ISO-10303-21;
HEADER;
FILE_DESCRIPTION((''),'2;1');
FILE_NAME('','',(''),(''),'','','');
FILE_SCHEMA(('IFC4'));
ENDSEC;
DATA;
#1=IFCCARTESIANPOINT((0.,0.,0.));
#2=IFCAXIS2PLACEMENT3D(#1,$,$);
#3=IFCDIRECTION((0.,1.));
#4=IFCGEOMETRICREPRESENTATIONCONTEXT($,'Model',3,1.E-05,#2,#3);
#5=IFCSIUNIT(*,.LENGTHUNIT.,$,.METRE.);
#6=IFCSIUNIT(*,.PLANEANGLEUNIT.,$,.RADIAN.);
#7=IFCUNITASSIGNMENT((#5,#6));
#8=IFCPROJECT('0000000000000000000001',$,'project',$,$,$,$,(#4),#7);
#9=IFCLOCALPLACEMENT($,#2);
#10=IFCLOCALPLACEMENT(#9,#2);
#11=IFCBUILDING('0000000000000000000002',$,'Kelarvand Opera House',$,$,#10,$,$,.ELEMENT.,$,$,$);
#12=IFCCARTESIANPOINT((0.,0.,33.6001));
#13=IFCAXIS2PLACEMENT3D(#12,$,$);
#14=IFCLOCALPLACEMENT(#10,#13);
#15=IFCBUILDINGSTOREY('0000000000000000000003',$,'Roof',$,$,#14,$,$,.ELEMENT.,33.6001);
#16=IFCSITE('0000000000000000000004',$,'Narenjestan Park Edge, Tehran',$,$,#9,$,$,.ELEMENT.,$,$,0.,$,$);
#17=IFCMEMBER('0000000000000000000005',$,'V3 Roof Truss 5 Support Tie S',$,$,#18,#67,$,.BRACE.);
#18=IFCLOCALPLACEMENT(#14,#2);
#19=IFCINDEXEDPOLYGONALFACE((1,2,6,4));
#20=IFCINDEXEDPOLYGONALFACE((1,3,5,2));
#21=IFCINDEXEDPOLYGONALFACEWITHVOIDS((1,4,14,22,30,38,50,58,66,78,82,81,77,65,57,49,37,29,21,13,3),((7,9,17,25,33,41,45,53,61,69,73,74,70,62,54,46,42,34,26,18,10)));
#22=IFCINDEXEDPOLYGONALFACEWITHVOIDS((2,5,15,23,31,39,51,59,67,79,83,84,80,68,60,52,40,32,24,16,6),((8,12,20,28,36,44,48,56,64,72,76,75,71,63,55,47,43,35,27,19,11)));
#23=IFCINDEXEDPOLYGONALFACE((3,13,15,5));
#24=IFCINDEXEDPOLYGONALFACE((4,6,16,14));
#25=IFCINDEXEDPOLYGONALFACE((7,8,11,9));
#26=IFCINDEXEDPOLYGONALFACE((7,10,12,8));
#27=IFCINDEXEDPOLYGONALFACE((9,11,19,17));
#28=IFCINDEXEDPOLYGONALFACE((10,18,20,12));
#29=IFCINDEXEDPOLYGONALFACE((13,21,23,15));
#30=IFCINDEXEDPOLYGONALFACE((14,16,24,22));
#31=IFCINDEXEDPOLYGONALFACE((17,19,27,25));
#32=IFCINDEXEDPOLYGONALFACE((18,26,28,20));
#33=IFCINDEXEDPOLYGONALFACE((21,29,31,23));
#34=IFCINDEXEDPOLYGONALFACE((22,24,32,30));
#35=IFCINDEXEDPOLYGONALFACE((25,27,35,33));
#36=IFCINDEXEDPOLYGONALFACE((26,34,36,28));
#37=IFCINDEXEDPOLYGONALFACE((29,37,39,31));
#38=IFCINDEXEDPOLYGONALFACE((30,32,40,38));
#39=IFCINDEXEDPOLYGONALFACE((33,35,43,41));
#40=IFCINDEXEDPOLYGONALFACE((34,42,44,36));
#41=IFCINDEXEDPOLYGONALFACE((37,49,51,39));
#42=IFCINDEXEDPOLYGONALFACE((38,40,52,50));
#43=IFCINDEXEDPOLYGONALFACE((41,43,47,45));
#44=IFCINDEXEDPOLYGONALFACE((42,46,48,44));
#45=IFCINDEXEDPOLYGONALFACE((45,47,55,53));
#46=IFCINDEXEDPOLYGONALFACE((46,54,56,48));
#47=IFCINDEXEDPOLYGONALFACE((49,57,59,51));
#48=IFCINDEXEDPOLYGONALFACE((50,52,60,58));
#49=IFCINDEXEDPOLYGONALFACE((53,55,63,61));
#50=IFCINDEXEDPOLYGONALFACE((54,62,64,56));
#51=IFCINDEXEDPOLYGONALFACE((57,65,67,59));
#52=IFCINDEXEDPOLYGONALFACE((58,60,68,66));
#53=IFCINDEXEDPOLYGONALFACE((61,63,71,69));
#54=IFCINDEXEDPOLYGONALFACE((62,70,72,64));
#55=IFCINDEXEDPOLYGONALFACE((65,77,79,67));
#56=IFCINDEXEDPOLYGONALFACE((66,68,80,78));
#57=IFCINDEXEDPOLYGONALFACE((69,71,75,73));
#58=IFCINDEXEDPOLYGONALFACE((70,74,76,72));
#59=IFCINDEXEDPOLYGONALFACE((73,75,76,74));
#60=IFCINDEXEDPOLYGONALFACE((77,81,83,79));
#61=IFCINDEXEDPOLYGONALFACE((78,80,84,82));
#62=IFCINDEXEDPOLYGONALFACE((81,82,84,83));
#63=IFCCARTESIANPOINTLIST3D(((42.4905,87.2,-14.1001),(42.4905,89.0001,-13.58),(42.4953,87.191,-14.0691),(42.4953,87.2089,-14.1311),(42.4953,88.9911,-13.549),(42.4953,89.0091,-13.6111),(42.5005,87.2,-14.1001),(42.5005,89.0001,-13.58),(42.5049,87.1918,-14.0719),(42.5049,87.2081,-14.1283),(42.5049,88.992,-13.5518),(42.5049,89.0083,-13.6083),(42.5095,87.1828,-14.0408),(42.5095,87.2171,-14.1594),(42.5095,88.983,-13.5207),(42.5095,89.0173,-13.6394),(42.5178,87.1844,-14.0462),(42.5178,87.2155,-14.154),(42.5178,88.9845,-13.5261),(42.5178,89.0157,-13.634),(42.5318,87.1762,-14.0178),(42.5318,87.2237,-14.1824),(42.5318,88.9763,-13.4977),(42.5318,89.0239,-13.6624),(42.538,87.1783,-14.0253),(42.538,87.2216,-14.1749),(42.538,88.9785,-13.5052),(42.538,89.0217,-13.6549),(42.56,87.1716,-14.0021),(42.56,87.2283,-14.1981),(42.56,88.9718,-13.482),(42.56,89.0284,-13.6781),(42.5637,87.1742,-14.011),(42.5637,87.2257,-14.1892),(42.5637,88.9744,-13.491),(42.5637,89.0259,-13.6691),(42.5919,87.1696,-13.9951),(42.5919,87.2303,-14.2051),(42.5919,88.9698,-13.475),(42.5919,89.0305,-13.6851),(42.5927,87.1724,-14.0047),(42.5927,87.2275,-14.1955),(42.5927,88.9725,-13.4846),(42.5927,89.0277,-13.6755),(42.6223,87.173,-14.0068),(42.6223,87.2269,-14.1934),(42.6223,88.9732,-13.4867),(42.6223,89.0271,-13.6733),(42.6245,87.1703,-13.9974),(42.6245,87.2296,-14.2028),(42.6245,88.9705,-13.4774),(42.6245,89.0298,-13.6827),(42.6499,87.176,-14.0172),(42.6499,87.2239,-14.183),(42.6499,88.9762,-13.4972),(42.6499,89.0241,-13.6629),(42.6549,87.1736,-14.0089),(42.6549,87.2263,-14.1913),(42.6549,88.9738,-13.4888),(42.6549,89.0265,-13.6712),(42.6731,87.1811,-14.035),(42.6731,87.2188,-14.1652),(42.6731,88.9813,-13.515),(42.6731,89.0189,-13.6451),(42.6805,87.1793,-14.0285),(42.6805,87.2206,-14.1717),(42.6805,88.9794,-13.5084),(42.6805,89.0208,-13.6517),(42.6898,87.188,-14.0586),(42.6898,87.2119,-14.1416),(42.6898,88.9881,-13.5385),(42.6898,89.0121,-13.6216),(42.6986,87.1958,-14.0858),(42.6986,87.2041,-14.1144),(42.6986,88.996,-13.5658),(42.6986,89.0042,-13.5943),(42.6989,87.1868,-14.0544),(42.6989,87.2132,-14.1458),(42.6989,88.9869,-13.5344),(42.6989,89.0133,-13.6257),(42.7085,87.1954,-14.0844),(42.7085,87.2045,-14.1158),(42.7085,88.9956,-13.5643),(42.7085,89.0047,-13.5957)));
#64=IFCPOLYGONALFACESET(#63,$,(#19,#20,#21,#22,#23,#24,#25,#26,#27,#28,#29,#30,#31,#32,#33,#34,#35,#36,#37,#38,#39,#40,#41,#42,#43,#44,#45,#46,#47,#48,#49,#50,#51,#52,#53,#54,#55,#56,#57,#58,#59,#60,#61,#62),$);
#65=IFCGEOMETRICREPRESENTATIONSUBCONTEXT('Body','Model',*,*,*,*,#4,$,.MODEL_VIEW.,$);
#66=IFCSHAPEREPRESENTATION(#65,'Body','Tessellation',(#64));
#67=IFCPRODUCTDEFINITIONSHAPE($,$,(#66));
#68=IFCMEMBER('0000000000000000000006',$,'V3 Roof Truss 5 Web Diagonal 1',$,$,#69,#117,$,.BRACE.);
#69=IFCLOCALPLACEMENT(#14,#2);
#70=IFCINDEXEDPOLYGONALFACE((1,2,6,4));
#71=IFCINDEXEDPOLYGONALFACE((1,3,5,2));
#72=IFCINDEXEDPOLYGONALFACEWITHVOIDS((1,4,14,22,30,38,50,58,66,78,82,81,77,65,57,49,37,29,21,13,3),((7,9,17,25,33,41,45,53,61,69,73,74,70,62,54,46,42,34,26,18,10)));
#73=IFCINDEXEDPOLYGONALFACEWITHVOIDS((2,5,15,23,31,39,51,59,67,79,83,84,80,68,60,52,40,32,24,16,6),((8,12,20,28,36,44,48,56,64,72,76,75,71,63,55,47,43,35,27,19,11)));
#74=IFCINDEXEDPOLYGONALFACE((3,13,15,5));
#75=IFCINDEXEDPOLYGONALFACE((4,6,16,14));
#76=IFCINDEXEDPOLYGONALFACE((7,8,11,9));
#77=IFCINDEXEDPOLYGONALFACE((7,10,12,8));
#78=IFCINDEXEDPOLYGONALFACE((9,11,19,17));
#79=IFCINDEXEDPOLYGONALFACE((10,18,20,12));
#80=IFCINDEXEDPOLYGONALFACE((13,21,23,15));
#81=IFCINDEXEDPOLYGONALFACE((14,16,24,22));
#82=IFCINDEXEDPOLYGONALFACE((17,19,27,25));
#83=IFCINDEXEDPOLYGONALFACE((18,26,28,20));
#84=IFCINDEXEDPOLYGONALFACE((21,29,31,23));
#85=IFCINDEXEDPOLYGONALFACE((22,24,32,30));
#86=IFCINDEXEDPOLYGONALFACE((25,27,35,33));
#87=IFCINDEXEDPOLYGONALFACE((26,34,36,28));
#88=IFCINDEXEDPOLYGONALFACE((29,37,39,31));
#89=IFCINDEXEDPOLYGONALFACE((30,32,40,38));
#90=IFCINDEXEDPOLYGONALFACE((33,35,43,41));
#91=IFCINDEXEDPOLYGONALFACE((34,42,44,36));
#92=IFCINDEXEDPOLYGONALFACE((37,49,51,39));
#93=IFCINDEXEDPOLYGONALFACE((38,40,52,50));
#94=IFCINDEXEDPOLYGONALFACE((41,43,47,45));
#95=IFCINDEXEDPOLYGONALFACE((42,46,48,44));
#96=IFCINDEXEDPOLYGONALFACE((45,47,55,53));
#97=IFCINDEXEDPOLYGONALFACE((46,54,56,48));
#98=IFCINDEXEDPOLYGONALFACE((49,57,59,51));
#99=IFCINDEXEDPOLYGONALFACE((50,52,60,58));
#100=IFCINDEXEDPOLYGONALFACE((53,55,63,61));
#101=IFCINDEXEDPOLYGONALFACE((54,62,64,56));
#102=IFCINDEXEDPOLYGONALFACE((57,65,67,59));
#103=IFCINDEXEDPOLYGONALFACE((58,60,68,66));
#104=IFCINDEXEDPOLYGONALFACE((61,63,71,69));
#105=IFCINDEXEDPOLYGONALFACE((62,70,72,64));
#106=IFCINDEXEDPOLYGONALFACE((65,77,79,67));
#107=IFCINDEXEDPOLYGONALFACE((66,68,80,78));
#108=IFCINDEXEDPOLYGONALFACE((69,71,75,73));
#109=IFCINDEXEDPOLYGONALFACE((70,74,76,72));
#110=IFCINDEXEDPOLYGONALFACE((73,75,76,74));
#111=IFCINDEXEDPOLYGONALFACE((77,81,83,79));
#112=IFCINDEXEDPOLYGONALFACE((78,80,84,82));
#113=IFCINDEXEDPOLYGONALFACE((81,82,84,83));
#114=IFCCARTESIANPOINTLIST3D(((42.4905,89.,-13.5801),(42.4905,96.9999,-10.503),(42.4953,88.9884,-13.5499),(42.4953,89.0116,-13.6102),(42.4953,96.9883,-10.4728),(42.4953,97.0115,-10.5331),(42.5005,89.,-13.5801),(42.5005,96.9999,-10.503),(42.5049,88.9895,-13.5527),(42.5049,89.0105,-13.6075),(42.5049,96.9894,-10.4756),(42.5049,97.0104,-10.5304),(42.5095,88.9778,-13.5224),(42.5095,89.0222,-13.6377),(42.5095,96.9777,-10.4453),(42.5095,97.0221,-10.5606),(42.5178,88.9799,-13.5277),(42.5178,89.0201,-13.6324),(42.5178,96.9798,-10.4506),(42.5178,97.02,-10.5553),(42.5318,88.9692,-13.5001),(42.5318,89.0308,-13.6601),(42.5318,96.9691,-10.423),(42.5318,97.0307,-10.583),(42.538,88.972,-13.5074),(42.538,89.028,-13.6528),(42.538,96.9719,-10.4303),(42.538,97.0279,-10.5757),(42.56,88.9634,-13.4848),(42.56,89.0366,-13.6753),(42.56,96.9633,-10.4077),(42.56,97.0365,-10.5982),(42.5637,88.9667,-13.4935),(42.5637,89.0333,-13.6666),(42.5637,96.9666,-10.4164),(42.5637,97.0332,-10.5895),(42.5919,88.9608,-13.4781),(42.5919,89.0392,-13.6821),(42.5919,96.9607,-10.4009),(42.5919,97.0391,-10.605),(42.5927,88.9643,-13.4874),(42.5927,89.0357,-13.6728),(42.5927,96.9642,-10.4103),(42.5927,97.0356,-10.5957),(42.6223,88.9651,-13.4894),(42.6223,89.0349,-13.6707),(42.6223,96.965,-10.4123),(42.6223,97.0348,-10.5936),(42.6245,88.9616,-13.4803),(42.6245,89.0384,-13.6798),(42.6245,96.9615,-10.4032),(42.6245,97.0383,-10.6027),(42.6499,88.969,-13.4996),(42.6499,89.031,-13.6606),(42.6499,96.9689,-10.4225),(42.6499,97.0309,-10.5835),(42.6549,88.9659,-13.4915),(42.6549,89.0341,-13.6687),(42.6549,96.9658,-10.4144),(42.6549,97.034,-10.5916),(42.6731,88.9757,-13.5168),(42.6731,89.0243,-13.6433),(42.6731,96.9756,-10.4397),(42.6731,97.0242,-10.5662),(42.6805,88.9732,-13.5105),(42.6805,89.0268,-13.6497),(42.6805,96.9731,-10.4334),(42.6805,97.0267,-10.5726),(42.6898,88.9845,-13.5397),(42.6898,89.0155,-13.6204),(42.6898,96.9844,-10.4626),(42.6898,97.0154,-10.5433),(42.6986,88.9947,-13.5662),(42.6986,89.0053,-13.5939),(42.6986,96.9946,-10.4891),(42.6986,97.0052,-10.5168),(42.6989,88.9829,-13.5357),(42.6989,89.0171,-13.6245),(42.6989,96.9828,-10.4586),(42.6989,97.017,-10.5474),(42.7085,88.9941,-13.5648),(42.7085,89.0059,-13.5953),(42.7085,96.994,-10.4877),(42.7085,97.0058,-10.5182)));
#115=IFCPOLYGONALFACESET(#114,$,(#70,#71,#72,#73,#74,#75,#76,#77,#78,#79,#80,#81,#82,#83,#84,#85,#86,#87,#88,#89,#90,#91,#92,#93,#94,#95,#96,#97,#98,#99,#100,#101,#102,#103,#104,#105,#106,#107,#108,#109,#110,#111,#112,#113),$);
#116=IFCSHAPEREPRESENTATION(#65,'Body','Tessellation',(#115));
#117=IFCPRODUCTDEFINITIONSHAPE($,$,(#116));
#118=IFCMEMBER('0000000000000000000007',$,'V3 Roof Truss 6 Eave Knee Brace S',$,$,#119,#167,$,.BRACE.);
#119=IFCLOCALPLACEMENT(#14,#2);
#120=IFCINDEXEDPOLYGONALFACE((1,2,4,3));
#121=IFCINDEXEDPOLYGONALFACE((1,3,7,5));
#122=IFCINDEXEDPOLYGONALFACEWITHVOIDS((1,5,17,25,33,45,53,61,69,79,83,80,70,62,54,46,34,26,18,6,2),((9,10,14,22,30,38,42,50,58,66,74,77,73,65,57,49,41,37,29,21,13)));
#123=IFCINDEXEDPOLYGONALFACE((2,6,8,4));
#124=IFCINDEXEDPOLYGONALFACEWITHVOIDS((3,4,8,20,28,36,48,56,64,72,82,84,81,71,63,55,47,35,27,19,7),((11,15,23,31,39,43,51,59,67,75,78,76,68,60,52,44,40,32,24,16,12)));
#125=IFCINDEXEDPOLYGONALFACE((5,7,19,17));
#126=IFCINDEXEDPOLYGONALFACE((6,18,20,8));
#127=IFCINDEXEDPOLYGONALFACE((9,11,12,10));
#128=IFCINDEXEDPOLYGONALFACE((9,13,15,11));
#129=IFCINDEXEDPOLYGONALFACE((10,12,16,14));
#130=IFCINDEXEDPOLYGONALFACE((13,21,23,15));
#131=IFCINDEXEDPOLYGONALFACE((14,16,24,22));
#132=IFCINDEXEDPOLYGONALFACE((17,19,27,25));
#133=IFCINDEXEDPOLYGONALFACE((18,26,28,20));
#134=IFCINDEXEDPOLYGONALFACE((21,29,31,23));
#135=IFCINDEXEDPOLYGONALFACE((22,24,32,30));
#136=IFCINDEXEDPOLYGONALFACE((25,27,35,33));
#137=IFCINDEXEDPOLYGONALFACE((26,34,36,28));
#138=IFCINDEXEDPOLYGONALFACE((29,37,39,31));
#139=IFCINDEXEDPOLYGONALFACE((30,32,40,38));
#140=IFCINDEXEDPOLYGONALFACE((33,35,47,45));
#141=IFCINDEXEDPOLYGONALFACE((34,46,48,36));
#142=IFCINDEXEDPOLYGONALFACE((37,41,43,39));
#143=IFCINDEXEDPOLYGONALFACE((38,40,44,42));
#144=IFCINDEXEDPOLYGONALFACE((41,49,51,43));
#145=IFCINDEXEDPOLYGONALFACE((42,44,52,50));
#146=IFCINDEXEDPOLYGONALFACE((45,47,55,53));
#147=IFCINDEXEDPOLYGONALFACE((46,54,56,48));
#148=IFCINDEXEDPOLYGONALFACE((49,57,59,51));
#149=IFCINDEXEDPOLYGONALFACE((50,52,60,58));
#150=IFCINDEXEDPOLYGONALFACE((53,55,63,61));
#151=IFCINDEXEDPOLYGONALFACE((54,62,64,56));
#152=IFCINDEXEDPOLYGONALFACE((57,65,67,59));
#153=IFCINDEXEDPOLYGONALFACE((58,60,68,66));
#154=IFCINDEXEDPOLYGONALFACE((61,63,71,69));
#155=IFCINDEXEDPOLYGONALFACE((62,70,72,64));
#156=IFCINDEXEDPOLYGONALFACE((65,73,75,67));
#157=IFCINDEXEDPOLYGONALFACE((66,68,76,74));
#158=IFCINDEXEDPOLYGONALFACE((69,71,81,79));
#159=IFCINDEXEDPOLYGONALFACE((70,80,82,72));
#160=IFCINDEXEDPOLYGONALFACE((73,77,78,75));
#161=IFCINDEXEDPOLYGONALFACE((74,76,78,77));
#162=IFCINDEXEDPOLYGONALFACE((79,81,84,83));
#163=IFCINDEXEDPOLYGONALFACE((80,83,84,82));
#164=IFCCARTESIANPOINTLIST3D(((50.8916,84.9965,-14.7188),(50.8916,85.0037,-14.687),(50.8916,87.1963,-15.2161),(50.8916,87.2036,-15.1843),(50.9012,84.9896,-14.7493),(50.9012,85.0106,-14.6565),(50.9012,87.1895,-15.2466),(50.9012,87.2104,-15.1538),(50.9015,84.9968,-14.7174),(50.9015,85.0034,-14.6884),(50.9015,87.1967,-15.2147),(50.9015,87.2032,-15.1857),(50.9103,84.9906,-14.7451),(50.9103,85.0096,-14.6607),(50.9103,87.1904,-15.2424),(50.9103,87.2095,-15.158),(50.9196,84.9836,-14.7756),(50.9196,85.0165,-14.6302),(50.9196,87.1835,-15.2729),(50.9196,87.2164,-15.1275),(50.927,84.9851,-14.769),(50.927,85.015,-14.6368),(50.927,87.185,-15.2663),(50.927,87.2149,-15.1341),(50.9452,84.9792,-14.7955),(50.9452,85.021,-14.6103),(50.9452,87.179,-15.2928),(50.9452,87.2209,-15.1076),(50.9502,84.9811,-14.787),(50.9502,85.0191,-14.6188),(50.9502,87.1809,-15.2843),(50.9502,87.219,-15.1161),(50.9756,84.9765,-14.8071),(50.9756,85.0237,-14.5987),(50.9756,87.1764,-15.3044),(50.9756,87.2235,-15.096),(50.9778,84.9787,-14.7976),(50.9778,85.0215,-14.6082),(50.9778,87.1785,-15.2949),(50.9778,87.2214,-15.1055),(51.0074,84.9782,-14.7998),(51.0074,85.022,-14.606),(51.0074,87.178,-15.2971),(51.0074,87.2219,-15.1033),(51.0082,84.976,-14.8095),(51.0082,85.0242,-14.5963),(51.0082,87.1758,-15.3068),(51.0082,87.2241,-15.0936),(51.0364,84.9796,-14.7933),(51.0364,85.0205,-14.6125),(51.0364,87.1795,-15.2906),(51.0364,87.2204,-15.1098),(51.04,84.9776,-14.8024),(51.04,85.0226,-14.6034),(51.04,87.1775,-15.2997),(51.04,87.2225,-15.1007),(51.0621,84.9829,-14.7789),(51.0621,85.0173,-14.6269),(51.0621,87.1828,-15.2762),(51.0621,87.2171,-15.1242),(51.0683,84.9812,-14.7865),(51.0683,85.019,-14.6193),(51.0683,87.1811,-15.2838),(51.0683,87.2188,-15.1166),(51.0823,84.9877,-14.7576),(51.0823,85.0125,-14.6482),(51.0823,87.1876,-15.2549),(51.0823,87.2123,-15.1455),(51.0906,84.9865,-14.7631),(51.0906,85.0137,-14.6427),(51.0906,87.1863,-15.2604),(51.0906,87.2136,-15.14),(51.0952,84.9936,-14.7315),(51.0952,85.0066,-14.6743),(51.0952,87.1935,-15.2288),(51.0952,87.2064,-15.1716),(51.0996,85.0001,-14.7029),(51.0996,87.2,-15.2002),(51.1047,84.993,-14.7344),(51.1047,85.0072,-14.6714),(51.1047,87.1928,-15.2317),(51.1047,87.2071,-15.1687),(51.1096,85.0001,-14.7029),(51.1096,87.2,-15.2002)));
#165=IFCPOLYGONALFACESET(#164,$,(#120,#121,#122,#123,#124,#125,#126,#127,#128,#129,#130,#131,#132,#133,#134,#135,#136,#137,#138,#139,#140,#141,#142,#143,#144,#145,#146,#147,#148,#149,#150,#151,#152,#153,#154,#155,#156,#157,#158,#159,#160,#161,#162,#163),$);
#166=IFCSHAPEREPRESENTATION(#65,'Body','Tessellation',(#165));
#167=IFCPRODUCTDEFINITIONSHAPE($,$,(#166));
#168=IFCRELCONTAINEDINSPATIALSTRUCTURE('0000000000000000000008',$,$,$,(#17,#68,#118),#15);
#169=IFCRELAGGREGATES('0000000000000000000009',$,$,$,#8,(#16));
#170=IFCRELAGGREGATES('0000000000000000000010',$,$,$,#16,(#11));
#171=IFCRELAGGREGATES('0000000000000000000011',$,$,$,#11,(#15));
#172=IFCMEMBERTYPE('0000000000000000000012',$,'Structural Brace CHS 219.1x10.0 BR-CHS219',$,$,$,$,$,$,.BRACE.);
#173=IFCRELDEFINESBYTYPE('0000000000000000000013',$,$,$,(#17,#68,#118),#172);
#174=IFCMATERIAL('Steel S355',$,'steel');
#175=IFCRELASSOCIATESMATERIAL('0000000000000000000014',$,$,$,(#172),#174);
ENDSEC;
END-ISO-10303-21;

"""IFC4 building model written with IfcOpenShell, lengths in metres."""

from ifc_helpers import new_model, si_unit, direction, frame, origin, origin_2d, place, context, subcontext, project, spatial, hollow_circle, extrude, material, material_profile, profile_set, type_object, element, save


model = new_model("IFC4")

# Units and contexts
model_context = context("Model", 3, precision=1e-05, world=origin(), true_north=direction((0.0, 1.0)))
body_context = subcontext(model_context, "Body", "Model", "MODEL_VIEW")
ifc_project = project(units=[si_unit("LENGTHUNIT", "METRE"), si_unit("PLANEANGLEUNIT", "RADIAN")], contexts=[model_context])

# Site, building, storey
site_placement = place(None, origin())
site = spatial("IfcSite", under=ifc_project, at=site_placement, Name="Narenjestan Park Edge, Tehran", CompositionType="ELEMENT", RefElevation=0.0)
building_placement = place(site_placement, origin())
building = spatial("IfcBuilding", under=site, at=building_placement, Name="Kelarvand Opera House", CompositionType="ELEMENT")
storey_placement = place(building_placement, frame((0.0, 0.0, 33.6001)))
storey = spatial("IfcBuildingStorey", under=building, at=storey_placement, Name="Roof", CompositionType="ELEMENT", Elevation=33.6001)

# Members
ifc_material = material(Name="Steel S355", Category="steel")
ifc_material_profile_1 = material_profile(ifc_material, hollow_circle(Radius=0.1096, WallThickness=0.01, at=origin_2d()), Name="CHS 219.1x10.0", Category="steel")
ifc_profile_set_1 = profile_set([ifc_material_profile_1], Name="Steel S355")
member_type_1 = type_object("IfcMemberType", Name="Structural Brace CHS 219.1x10.0 BR-CHS219", PredefinedType="BRACE", material=ifc_profile_set_1)
member_1_placement = place(storey_placement, frame((42.6001, 87.2, -14.1001), z_axis=(0.0, 0.960713, 0.277542), x_axis=(-1.0, 0.0, 0.0)))
element("IfcMember", 1, at=member_1_placement, inside=storey, type_object=member_type_1, Name="V3 Roof Truss 5 Support Tie S", PredefinedType="BRACE", context=body_context, shape_type="SweptSolid", body=[
    extrude(hollow_circle(Radius=0.1096, WallThickness=0.01, at=origin_2d()), origin(), (0.0, 0.0, 1.0), 1.8738),
])
member_2_placement = place(storey_placement, frame((42.6001, 89.0, -13.5801), z_axis=(0.0, 0.933337, 0.359002), x_axis=(-1.0, 0.0, 0.0)))
element("IfcMember", 2, at=member_2_placement, inside=storey, type_object=member_type_1, Name="V3 Roof Truss 5 Web Diagonal 1", PredefinedType="BRACE", context=body_context, shape_type="SweptSolid", body=[
    extrude(hollow_circle(Radius=0.1096, WallThickness=0.01, at=origin_2d()), origin(), (0.0, 0.0, 1.0), 8.5713),
])
member_3_placement = place(storey_placement, frame((51.0, 87.2, -15.2002), z_axis=(0.0, -0.975388, 0.220493), x_axis=(1.0, 0.0, 0.0)))
element("IfcMember", 3, at=member_3_placement, inside=storey, type_object=member_type_1, Name="V3 Roof Truss 6 Eave Knee Brace S", PredefinedType="BRACE", context=body_context, shape_type="SweptSolid", body=[
    extrude(hollow_circle(Radius=0.1096, WallThickness=0.01, at=origin_2d()), origin(), (0.0, 0.0, 1.0), 2.2554),
])

save(model, "model.ifc")
